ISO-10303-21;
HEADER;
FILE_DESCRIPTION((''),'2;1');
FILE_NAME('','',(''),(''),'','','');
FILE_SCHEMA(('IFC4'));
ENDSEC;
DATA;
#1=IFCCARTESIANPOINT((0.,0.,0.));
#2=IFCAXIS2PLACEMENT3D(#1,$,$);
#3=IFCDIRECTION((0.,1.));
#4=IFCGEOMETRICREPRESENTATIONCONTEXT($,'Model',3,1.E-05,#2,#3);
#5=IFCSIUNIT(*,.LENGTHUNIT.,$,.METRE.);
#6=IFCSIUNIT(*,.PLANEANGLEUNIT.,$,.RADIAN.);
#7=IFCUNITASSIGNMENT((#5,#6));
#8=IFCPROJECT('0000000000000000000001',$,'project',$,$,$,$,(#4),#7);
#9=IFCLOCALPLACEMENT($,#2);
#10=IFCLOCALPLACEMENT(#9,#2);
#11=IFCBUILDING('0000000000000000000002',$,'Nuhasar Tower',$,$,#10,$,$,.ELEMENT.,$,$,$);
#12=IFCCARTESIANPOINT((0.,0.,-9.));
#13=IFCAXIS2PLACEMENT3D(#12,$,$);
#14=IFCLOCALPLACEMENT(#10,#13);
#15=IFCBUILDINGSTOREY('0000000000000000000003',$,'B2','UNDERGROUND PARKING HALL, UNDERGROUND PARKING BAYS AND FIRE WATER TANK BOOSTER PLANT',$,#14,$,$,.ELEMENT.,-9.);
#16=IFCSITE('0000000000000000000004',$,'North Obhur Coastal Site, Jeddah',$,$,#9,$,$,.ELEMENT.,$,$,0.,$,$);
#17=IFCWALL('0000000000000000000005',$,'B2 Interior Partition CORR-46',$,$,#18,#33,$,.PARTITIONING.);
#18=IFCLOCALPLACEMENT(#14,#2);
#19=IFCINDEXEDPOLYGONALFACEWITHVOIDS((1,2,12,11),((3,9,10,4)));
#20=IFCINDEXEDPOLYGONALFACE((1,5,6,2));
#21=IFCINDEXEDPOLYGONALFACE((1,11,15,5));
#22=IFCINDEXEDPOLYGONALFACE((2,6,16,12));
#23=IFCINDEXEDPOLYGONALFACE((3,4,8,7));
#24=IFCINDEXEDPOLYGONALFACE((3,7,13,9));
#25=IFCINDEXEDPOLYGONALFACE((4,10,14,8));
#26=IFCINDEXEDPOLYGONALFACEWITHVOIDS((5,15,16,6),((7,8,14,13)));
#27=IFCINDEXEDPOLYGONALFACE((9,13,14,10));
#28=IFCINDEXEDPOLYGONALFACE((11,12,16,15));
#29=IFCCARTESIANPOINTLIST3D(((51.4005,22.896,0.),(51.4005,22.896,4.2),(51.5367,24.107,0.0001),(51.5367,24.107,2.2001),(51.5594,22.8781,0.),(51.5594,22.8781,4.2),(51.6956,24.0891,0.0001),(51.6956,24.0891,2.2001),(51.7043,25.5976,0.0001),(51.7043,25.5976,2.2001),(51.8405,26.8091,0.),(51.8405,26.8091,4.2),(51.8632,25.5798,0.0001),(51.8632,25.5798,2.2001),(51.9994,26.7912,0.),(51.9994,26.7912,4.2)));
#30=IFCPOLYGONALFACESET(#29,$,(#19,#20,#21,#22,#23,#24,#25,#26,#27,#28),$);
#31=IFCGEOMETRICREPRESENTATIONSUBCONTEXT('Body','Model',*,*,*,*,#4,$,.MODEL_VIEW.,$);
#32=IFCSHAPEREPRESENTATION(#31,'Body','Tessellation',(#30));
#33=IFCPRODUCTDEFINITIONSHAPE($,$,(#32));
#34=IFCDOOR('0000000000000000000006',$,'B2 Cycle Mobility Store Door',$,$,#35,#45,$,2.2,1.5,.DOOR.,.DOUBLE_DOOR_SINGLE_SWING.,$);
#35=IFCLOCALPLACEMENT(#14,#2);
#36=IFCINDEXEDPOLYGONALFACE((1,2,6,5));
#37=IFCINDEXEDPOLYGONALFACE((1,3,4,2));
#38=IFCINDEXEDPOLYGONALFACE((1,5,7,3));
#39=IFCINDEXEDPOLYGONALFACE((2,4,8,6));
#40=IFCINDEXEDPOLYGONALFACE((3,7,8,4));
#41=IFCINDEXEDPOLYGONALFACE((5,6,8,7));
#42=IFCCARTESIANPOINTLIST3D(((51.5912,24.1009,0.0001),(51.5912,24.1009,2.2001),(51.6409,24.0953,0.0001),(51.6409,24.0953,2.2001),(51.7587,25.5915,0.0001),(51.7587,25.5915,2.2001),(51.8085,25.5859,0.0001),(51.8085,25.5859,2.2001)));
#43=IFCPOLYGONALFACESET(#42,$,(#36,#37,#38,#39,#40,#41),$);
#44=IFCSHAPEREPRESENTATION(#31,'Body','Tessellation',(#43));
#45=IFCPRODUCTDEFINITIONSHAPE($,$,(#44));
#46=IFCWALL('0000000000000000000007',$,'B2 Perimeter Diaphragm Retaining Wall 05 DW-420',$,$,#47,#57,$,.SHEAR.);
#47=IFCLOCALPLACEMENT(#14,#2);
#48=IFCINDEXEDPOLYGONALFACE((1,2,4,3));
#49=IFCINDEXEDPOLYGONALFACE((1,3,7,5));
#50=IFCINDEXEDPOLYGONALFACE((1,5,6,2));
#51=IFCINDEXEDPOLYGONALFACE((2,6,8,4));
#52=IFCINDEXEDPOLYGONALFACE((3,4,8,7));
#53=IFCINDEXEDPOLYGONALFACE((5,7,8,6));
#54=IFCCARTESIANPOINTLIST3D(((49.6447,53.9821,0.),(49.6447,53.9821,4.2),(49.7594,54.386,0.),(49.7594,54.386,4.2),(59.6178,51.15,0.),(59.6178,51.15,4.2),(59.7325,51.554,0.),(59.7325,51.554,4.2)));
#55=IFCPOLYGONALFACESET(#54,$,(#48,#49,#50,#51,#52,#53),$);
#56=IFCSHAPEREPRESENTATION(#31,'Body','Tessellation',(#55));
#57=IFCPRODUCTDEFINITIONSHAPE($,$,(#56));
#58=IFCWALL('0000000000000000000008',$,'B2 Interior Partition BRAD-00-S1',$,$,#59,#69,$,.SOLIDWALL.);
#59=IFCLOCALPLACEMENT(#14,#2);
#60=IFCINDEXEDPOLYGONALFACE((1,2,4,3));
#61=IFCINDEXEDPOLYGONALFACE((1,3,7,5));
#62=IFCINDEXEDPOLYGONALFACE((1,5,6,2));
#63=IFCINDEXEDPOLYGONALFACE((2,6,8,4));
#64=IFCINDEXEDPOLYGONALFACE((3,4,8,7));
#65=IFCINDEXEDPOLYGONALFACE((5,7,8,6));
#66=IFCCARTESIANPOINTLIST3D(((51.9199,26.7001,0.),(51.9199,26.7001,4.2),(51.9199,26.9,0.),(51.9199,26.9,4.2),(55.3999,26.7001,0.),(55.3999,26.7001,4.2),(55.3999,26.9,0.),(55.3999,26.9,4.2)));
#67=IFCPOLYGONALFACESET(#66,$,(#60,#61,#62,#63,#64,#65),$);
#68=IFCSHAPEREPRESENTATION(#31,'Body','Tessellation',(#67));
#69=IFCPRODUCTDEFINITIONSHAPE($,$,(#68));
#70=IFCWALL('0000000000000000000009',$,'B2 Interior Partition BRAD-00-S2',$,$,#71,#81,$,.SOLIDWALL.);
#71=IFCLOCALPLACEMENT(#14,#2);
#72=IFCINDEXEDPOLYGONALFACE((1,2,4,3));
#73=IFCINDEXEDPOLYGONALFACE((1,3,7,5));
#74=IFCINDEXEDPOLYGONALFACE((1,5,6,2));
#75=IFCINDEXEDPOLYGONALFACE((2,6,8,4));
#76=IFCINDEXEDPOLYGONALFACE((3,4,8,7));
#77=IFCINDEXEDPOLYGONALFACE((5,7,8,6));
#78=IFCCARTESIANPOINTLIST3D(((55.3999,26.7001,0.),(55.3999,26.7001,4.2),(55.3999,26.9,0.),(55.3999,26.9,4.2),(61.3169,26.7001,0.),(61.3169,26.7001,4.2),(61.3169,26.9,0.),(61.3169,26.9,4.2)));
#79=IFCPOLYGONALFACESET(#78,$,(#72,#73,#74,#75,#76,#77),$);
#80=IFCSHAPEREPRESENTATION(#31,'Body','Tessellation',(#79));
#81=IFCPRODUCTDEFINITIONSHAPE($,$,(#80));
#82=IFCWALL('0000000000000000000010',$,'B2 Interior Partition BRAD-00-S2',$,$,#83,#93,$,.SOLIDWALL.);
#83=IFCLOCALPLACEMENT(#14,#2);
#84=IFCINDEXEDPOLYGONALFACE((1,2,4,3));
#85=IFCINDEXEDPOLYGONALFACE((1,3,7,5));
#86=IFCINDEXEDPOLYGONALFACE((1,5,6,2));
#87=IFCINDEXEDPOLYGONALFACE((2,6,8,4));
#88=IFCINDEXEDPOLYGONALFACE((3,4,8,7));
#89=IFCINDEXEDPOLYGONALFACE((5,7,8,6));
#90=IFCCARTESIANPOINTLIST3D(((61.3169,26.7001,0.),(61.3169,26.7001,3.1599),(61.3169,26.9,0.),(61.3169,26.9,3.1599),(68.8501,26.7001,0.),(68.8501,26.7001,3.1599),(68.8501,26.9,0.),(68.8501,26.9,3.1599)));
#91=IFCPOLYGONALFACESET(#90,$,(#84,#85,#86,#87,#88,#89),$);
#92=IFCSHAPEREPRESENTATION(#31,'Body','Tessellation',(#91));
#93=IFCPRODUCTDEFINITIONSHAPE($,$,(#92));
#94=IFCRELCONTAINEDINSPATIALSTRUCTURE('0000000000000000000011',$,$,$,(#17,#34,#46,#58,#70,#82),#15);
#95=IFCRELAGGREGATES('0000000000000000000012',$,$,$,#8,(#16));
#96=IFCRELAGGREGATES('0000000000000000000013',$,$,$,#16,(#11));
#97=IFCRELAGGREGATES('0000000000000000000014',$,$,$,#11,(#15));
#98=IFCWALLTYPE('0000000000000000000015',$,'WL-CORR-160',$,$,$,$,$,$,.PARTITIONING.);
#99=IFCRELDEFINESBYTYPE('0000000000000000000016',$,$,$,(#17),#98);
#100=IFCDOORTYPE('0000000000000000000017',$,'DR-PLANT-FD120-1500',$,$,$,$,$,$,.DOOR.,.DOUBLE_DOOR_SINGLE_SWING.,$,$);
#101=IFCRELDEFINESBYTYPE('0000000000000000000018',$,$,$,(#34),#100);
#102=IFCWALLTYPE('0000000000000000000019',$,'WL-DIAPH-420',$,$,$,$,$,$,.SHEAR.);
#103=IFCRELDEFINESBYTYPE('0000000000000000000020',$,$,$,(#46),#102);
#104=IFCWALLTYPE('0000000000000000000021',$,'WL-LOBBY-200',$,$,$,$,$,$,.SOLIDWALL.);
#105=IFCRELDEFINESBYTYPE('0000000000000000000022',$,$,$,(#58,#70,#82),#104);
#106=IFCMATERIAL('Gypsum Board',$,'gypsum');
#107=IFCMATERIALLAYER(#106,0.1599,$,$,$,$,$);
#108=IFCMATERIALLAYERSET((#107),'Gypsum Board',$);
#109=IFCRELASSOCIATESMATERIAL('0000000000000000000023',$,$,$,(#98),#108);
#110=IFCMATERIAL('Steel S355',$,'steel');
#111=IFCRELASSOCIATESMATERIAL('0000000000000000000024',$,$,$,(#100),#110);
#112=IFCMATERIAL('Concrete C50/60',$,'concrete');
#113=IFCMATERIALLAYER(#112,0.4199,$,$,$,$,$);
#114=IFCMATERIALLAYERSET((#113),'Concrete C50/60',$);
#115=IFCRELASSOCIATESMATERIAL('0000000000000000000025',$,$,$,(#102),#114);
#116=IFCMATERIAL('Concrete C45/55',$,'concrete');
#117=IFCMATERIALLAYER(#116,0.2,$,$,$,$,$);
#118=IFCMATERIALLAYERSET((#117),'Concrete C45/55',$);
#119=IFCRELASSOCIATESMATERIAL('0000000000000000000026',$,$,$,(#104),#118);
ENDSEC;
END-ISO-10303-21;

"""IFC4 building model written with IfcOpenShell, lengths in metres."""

from ifc_helpers import new_model, si_unit, direction, frame, frame_2d, origin, place, context, subcontext, project, spatial, rectangle, extrude, material, layer, layer_set, type_object, element, fill, save


model = new_model("IFC4")

# Units and contexts
model_context = context("Model", 3, precision=1e-05, world=origin(), true_north=direction((0.0, 1.0)))
body_context = subcontext(model_context, "Body", "Model", "MODEL_VIEW")
ifc_project = project(units=[si_unit("LENGTHUNIT", "METRE"), si_unit("PLANEANGLEUNIT", "RADIAN")], contexts=[model_context])

# Site, building, storey
site_placement = place(None, origin())
site = spatial("IfcSite", under=ifc_project, at=site_placement, Name="North Obhur Coastal Site, Jeddah", CompositionType="ELEMENT", RefElevation=0.0)
building_placement = place(site_placement, origin())
building = spatial("IfcBuilding", under=site, at=building_placement, Name="Nuhasar Tower", CompositionType="ELEMENT")
storey_placement = place(building_placement, frame((0.0, 0.0, -9.0)))
storey = spatial("IfcBuildingStorey", under=building, at=storey_placement, Name="B2", Description="UNDERGROUND PARKING HALL, UNDERGROUND PARKING BAYS AND FIRE WATER TANK BOOSTER PLANT", CompositionType="ELEMENT", Elevation=-9.0)

# Shared definitions
ifc_material_1 = material(Name="Concrete C50/60", Category="concrete")

# Shared definitions
ifc_material_2 = material(Name="Gypsum Board", Category="gypsum")
ifc_layer_1 = layer(ifc_material_2, 0.1599)
ifc_layer_set_1 = layer_set([ifc_layer_1], Name="Gypsum Board")
wall_type_1 = type_object("IfcWallType", Name="WL-CORR-160", PredefinedType="PARTITIONING", material=ifc_layer_set_1)

# Wall, opening, door
wall_1_placement = place(storey_placement, frame((51.9199, 26.8, 0.0), z_axis=(0.0, 0.0, 1.0), x_axis=(-0.111724, -0.993739, 0.0)))
wall_1 = element("IfcWall", 1, at=wall_1_placement, inside=storey, type_object=wall_type_1, Name="B2 Interior Partition CORR-46", PredefinedType="PARTITIONING", context=body_context, shape_type="SweptSolid", body=[
    extrude(rectangle(XDim=3.9377, YDim=0.1599, at=frame_2d((1.9688, 0.0))), origin(), (0.0, 0.0, 1.0), 4.2),
])
opening_placement = place(wall_1_placement, frame((1.219, 0.0, 0.0)))
opening = element("IfcOpeningElement", 2, at=opening_placement, cuts=wall_1, PredefinedType="OPENING", context=body_context, shape_type="SweptSolid", body=[
    extrude(rectangle(XDim=1.5, YDim=2.2, at=frame_2d((0.75, 1.1001))), frame((0.0, 0.0898, 0.0), z_axis=(0.0, -1.0, 0.0), x_axis=(1.0, 0.0, 0.0)), (0.0, 0.0, 1.0), 0.1799),
])
ifc_material_3 = material(Name="Steel S355", Category="steel")
door_type = type_object("IfcDoorType", Name="DR-PLANT-FD120-1500", OperationType="DOUBLE_DOOR_SINGLE_SWING", PredefinedType="DOOR", material=ifc_material_3)
door_placement = place(opening_placement, origin())
door = element("IfcDoor", 3, at=door_placement, inside=storey, type_object=door_type, Name="B2 Cycle Mobility Store Door", OperationType="DOUBLE_DOOR_SINGLE_SWING", OverallHeight=2.2, OverallWidth=1.5, PredefinedType="DOOR", context=body_context, shape_type="SweptSolid", body=[
    extrude(rectangle(XDim=1.5, YDim=2.2, at=frame_2d((0.75, 1.1001))), frame((0.0, 0.0249, 0.0), z_axis=(0.0, -1.0, 0.0), x_axis=(1.0, 0.0, 0.0)), (0.0, 0.0, 1.0), 0.05),
])
fill(opening, door)

# Walls
ifc_layer_2 = layer(ifc_material_1, 0.4199)
ifc_layer_set_2 = layer_set([ifc_layer_2], Name="Concrete C50/60")
wall_type_2 = type_object("IfcWallType", Name="WL-DIAPH-420", PredefinedType="SHEAR", material=ifc_layer_set_2)
wall_2_placement = place(storey_placement, frame((59.675, 51.3521, 0.0), z_axis=(0.0, 0.0, 1.0), x_axis=(-0.961967, 0.273166, 0.0)))
element("IfcWall", 4, at=wall_2_placement, inside=storey, type_object=wall_type_2, Name="B2 Perimeter Diaphragm Retaining Wall 05 DW-420", PredefinedType="SHEAR", context=body_context, shape_type="SweptSolid", body=[
    extrude(rectangle(XDim=10.3674, YDim=0.4199, at=frame_2d((5.1836, 0.0))), origin(), (0.0, 0.0, 1.0), 4.2),
])
ifc_material_4 = material(Name="Concrete C45/55", Category="concrete")
ifc_layer_3 = layer(ifc_material_4, 0.2)
ifc_layer_set_3 = layer_set([ifc_layer_3], Name="Concrete C45/55")
wall_type_3 = type_object("IfcWallType", Name="WL-LOBBY-200", PredefinedType="SOLIDWALL", material=ifc_layer_set_3)
wall_3_placement = place(storey_placement, frame((51.9199, 26.8, 0.0), z_axis=(0.0, 0.0, 1.0), x_axis=(1.0, 0.0, 0.0)))
element("IfcWall", 5, at=wall_3_placement, inside=storey, type_object=wall_type_3, Name="B2 Interior Partition BRAD-00-S1", PredefinedType="SOLIDWALL", context=body_context, shape_type="SweptSolid", body=[
    extrude(rectangle(XDim=3.48, YDim=0.2, at=frame_2d((1.74, 0.0))), origin(), (0.0, 0.0, 1.0), 4.2),
])
wall_4_placement = place(storey_placement, frame((55.3999, 26.8, 0.0), z_axis=(0.0, 0.0, 1.0), x_axis=(1.0, 0.0, 0.0)))
element("IfcWall", 6, at=wall_4_placement, inside=storey, type_object=wall_type_3, Name="B2 Interior Partition BRAD-00-S2", PredefinedType="SOLIDWALL", context=body_context, shape_type="SweptSolid", body=[
    extrude(rectangle(XDim=5.917, YDim=0.2, at=frame_2d((2.9585, 0.0))), origin(), (0.0, 0.0, 1.0), 4.2),
])
wall_5_placement = place(storey_placement, frame((61.3169, 26.8, 0.0), z_axis=(0.0, 0.0, 1.0), x_axis=(1.0, 0.0, 0.0)))
element("IfcWall", 7, at=wall_5_placement, inside=storey, type_object=wall_type_3, Name="B2 Interior Partition BRAD-00-S2", PredefinedType="SOLIDWALL", context=body_context, shape_type="SweptSolid", body=[
    extrude(rectangle(XDim=7.5332, YDim=0.2, at=frame_2d((3.7666, 0.0))), origin(), (0.0, 0.0, 1.0), 3.1599),
])

save(model, "model.ifc")
